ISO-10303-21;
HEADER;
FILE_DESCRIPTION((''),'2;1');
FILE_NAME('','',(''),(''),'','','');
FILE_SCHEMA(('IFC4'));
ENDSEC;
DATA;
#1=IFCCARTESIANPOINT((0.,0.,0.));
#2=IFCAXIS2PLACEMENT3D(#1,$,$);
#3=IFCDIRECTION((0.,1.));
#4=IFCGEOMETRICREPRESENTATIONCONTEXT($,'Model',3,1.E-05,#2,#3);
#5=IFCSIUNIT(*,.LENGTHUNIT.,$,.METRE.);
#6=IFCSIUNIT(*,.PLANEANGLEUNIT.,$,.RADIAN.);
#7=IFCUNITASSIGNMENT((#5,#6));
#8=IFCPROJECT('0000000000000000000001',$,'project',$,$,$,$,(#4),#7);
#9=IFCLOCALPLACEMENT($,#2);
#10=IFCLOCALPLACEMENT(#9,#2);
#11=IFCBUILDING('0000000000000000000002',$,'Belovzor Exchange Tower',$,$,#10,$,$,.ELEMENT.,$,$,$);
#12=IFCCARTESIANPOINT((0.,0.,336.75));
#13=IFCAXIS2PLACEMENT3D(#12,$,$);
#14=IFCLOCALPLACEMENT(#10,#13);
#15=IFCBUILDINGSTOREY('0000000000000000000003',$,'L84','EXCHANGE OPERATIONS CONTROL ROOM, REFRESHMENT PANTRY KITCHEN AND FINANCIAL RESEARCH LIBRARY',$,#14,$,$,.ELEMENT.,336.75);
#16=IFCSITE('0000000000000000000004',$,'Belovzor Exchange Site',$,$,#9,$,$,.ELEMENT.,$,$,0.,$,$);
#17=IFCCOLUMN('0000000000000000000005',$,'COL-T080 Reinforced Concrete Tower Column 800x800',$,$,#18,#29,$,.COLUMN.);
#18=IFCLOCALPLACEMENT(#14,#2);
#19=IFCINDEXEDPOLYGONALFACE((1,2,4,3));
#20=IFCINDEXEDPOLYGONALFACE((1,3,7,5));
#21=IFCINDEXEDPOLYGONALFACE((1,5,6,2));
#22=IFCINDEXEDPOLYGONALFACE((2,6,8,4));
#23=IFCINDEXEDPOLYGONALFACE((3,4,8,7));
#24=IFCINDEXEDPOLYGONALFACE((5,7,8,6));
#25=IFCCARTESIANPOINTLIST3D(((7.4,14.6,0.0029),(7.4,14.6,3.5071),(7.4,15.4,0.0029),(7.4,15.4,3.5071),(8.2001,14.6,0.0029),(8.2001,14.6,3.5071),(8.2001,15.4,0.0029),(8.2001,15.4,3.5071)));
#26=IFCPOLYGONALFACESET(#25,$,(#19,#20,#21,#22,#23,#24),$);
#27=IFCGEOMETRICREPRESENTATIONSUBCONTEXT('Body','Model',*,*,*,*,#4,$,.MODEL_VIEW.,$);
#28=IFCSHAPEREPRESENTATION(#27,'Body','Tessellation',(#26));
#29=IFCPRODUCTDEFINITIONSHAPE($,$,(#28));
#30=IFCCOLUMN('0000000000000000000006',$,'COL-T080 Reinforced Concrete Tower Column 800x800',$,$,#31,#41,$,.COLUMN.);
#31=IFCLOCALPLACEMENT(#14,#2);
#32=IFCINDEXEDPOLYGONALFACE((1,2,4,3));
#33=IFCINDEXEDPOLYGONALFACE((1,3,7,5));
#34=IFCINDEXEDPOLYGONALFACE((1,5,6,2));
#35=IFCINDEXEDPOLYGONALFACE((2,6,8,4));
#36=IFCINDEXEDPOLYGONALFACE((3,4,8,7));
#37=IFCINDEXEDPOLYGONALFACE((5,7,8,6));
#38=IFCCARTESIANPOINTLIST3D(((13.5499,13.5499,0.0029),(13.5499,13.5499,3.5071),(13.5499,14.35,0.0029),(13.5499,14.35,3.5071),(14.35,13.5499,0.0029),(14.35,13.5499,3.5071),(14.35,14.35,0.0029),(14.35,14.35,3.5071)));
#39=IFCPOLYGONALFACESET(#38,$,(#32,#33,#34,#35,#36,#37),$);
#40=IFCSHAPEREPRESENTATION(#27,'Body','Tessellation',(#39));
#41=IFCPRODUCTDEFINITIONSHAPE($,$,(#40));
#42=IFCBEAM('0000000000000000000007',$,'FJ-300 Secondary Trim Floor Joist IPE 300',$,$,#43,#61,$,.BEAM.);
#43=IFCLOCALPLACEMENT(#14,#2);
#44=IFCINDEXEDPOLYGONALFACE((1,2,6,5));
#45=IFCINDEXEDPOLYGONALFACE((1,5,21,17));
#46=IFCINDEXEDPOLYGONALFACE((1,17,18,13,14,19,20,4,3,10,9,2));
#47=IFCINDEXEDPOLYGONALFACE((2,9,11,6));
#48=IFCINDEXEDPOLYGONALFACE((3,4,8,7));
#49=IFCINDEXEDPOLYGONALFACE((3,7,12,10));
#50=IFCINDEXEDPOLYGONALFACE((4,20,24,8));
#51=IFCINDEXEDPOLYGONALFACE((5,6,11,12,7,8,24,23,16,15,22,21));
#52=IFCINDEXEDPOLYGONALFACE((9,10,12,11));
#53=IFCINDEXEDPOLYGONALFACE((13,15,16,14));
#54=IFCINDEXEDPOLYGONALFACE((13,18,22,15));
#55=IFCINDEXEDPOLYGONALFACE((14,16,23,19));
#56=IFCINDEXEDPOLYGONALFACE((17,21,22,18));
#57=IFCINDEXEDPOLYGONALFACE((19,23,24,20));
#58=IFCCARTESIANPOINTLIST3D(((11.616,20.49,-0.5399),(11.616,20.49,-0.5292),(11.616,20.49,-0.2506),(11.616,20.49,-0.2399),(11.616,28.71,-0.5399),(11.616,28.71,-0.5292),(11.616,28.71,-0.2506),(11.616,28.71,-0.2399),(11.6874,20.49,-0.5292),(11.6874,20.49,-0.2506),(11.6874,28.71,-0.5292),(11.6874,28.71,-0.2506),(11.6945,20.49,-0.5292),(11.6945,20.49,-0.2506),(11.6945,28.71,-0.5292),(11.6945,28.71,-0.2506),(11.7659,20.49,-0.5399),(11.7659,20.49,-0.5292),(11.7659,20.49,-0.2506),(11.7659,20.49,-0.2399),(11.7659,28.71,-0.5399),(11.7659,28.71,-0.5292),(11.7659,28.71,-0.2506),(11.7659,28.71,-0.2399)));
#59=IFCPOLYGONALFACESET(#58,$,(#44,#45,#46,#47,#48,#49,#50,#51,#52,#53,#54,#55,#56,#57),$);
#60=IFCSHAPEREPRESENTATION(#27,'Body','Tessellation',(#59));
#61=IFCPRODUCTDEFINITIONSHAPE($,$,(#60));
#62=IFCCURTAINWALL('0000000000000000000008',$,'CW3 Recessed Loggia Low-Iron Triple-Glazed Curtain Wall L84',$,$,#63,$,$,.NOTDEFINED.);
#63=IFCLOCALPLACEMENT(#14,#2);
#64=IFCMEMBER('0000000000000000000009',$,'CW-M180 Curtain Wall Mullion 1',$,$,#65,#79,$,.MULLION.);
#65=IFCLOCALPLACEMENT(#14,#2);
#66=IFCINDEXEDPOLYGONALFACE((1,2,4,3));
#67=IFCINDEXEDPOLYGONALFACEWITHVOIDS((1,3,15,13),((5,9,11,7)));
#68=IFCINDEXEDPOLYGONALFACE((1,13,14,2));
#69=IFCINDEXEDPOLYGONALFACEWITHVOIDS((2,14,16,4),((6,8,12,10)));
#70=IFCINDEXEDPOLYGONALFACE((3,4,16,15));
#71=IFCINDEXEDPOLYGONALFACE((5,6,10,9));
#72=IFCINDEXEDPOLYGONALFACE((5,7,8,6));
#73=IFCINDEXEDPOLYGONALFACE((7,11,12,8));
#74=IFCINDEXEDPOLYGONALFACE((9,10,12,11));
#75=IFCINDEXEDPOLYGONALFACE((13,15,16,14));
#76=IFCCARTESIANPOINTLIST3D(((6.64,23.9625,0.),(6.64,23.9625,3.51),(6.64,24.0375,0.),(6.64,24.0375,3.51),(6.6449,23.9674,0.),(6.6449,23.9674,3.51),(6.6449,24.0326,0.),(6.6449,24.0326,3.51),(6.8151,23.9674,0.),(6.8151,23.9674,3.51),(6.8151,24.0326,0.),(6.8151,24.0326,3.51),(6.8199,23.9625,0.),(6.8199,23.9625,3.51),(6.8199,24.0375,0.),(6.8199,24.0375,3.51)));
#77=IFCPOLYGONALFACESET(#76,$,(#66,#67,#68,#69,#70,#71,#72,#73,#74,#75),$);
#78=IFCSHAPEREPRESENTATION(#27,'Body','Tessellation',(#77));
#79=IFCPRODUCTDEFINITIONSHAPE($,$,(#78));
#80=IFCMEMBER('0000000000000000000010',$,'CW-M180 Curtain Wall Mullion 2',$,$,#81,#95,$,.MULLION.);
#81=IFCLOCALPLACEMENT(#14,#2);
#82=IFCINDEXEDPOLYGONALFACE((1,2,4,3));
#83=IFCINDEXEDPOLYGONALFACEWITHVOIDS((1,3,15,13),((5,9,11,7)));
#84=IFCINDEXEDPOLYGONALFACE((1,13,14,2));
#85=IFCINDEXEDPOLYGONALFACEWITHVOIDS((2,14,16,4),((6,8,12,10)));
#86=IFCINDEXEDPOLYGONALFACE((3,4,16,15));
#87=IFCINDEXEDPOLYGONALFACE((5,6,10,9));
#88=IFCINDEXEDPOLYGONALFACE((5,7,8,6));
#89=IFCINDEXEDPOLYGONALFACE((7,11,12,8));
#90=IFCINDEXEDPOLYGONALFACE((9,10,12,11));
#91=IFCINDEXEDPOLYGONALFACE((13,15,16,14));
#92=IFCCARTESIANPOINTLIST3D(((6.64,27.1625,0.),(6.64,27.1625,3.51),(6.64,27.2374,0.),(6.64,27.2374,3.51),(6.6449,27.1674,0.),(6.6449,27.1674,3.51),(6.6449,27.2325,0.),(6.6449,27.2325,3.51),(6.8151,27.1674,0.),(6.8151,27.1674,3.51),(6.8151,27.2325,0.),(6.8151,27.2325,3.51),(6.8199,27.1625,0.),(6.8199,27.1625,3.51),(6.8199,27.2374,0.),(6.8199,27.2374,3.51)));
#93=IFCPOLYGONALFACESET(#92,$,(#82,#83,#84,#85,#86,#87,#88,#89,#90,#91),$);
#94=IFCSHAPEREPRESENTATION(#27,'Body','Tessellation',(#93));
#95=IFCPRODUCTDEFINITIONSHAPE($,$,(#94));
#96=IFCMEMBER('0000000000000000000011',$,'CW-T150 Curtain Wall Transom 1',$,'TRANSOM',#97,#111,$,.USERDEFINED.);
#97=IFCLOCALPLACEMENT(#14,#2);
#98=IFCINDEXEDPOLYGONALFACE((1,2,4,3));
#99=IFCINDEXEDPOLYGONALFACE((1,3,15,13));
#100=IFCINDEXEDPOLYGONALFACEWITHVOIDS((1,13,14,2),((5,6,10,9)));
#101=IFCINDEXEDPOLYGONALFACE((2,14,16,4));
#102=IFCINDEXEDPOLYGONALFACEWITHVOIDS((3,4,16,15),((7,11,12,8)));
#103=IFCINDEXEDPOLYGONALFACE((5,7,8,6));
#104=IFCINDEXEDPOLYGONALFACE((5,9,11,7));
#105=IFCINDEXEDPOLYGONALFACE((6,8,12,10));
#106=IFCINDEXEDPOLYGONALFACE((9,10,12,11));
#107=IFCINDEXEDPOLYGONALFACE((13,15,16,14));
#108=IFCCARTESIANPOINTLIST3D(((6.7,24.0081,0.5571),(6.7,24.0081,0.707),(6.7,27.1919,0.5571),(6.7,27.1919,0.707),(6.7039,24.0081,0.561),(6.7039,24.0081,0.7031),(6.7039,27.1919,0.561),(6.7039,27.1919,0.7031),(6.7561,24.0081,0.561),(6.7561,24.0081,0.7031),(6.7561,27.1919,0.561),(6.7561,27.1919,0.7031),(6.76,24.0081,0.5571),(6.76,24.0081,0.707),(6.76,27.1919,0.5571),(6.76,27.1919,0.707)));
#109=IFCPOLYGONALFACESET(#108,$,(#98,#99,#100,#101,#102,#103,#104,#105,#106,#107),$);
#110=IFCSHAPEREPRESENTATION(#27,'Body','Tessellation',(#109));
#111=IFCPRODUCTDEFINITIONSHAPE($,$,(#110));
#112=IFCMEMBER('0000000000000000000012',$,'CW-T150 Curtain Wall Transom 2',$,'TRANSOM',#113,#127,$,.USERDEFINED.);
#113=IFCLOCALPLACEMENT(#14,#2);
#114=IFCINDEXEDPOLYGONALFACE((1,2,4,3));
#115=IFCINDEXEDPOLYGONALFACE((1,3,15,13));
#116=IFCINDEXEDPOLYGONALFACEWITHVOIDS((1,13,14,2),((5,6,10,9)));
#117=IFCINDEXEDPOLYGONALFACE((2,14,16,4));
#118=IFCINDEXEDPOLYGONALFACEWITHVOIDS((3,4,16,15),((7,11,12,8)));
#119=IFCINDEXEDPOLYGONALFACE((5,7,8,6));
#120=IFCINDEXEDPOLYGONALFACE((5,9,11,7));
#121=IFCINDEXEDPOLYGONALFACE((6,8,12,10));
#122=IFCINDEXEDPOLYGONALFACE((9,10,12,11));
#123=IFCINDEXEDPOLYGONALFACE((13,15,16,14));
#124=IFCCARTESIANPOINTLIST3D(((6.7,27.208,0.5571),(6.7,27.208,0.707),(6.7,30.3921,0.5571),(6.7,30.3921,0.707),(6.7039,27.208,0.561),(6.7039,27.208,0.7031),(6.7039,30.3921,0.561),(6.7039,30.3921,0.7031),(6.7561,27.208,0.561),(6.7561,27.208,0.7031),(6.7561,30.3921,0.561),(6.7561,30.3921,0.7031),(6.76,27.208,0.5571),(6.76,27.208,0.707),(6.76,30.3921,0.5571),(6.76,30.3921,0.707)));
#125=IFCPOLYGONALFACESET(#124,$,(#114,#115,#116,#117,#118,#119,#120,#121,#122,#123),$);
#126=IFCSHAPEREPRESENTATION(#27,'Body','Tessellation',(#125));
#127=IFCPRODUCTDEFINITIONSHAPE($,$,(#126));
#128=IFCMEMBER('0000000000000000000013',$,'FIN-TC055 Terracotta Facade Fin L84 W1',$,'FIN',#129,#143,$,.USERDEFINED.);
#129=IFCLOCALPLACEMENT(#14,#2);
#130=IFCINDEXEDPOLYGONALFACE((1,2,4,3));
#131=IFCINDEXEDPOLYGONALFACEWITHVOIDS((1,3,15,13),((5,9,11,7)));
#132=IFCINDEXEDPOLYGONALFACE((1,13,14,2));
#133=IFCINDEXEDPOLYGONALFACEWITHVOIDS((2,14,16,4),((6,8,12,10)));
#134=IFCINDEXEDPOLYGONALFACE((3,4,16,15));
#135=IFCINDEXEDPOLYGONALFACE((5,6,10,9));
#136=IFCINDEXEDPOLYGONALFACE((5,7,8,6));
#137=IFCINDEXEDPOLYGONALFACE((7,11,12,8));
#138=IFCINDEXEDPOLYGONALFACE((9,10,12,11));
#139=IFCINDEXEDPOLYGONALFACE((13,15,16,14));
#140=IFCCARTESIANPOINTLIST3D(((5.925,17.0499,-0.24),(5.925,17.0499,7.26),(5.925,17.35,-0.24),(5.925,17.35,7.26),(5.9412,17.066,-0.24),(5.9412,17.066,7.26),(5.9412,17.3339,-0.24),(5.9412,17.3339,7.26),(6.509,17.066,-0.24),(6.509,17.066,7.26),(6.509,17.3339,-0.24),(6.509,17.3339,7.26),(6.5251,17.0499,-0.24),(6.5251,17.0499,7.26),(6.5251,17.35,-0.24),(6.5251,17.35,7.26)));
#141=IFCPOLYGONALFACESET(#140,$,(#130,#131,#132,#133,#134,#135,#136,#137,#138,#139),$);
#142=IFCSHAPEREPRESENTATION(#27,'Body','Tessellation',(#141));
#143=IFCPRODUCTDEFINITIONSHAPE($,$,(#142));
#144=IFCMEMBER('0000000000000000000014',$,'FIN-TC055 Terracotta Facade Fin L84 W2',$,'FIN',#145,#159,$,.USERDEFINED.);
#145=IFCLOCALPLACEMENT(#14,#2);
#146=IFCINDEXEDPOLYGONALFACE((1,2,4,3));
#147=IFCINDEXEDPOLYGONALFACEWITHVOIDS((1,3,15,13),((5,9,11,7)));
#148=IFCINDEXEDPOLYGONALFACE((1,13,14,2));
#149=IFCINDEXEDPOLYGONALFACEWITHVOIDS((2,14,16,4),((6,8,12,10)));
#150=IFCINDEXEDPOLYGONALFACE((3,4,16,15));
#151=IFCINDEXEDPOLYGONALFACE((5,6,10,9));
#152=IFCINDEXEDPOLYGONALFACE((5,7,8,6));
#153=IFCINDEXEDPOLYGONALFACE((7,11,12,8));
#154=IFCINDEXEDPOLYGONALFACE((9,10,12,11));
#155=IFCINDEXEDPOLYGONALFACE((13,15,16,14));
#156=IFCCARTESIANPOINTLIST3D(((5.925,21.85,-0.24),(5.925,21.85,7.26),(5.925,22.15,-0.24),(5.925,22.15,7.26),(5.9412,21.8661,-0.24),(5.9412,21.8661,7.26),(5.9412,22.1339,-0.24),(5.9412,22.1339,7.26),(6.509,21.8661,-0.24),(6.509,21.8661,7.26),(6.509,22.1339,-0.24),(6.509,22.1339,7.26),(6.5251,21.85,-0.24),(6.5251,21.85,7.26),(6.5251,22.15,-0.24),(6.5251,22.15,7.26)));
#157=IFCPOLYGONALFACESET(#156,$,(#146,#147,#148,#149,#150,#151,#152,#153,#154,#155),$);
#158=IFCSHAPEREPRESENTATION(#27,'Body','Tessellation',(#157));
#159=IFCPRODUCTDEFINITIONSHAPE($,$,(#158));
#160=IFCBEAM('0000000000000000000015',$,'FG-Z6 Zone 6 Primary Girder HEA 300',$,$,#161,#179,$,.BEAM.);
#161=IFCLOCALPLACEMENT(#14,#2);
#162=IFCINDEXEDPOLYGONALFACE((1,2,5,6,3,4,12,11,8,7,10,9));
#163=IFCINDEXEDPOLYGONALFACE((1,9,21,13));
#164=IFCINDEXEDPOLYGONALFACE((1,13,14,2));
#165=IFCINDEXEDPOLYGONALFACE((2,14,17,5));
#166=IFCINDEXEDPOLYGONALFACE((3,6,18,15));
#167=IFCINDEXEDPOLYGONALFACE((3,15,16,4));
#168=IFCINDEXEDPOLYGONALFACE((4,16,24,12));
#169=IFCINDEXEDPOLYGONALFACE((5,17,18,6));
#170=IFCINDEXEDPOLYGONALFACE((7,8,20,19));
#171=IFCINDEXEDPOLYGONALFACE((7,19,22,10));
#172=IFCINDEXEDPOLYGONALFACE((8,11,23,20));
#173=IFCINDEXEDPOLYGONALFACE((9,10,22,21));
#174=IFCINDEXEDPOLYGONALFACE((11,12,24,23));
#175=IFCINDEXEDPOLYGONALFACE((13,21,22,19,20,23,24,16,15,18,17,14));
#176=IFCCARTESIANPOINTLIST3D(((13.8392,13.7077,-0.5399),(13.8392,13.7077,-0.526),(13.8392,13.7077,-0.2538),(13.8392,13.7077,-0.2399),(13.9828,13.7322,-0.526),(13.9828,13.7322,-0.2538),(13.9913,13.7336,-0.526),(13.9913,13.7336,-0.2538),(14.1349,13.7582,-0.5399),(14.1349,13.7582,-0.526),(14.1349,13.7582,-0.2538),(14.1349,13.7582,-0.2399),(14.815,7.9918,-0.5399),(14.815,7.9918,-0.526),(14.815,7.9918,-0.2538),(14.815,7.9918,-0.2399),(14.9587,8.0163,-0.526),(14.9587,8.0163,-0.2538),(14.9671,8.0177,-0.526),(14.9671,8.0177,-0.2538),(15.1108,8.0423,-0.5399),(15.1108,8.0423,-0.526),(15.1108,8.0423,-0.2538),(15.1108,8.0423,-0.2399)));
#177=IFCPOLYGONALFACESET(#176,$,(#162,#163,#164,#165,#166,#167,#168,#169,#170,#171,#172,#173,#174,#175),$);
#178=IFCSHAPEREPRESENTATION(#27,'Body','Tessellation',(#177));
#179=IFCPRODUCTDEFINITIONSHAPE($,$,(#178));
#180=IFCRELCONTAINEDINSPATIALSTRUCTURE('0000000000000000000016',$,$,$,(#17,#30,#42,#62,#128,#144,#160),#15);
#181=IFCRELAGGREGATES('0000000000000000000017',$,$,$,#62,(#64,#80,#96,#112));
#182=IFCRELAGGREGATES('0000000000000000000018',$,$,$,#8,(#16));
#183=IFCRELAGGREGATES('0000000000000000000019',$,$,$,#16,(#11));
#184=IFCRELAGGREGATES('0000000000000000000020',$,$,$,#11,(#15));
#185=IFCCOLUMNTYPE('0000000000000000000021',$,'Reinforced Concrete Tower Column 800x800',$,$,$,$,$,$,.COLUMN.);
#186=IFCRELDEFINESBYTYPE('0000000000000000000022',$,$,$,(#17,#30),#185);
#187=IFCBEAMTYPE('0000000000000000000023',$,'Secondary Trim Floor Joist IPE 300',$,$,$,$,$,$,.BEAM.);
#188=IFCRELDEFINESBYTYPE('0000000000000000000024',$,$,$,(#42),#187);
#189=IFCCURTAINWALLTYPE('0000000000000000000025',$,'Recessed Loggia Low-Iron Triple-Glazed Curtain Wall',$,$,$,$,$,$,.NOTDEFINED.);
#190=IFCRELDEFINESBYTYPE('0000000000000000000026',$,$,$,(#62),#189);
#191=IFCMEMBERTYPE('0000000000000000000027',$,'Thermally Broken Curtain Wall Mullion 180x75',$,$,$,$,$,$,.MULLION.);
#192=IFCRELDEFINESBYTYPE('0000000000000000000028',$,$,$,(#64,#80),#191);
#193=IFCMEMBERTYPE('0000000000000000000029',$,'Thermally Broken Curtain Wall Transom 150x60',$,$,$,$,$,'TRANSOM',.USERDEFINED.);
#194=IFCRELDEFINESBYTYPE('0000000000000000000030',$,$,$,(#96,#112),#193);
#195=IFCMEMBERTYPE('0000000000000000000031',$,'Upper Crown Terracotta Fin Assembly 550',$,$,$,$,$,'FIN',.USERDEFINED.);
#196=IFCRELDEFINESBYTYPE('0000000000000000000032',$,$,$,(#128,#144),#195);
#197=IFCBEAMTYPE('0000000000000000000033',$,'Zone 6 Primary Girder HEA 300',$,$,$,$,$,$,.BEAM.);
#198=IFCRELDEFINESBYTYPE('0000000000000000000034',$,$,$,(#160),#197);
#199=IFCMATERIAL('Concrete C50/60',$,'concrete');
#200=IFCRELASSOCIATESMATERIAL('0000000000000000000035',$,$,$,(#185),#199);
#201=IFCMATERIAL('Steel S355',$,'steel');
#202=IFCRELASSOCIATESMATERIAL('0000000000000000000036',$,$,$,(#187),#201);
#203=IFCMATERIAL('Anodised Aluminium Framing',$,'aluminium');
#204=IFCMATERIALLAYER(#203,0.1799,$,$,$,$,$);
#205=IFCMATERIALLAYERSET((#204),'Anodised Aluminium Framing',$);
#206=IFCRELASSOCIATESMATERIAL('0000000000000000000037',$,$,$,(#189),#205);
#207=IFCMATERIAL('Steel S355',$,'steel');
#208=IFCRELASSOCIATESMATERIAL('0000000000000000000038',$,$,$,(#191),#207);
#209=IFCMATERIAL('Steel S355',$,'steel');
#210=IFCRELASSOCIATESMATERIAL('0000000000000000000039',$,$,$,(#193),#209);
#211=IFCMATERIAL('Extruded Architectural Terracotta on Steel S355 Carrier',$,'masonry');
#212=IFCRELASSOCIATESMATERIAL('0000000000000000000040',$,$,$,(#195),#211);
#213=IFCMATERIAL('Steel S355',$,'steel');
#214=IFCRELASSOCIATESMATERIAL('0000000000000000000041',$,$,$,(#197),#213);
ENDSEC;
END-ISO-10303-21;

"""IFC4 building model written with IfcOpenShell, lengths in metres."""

from ifc_helpers import new_model, si_unit, direction, frame, origin, origin_2d, place, context, subcontext, project, spatial, rectangle, hollow_rectangle, i_section, extrude, material, layer, layer_set, material_profile, profile_set, type_object, element, aggregate, save


model = new_model("IFC4")

# Units and contexts
model_context = context("Model", 3, precision=1e-05, world=origin(), true_north=direction((0.0, 1.0)))
body_context = subcontext(model_context, "Body", "Model", "MODEL_VIEW")
ifc_project = project(units=[si_unit("LENGTHUNIT", "METRE"), si_unit("PLANEANGLEUNIT", "RADIAN")], contexts=[model_context])

# Site, building, storey
site_placement = place(None, origin())
site = spatial("IfcSite", under=ifc_project, at=site_placement, Name="Belovzor Exchange Site", CompositionType="ELEMENT", RefElevation=0.0)
building_placement = place(site_placement, origin())
building = spatial("IfcBuilding", under=site, at=building_placement, Name="Belovzor Exchange Tower", CompositionType="ELEMENT")
storey_placement = place(building_placement, frame((0.0, 0.0, 336.75)))
storey = spatial("IfcBuildingStorey", under=building, at=storey_placement, Name="L84", Description="EXCHANGE OPERATIONS CONTROL ROOM, REFRESHMENT PANTRY KITCHEN AND FINANCIAL RESEARCH LIBRARY", CompositionType="ELEMENT", Elevation=336.75)

# Columns
ifc_material_1 = material(Name="Concrete C50/60", Category="concrete")
ifc_material_profile_1 = material_profile(ifc_material_1, rectangle(XDim=0.8, YDim=0.8, at=origin_2d()))
ifc_profile_set_1 = profile_set([ifc_material_profile_1], Name="Concrete C50/60")
column_type = type_object("IfcColumnType", Name="Reinforced Concrete Tower Column 800x800", PredefinedType="COLUMN", material=ifc_profile_set_1)
for number, where, z_axis, x_axis, name in (
    (1, (7.8, 15.0, 0.0029), (0.0, 0.0, 1.0), (1.0, 0.0, 0.0), "COL-T080 Reinforced Concrete Tower Column 800x800"),
    (2, (13.95, 13.95, 0.0029), (0.0, 0.0, 1.0), (1.0, 0.0, 0.0), "COL-T080 Reinforced Concrete Tower Column 800x800"),
):
    element("IfcColumn", number, at=place(storey_placement, frame(where, z_axis=z_axis, x_axis=x_axis)), inside=storey, type_object=column_type, Name=name, PredefinedType="COLUMN", context=body_context, shape_type="SweptSolid", body=[
        extrude(rectangle(XDim=0.8, YDim=0.8, at=origin_2d()), origin(), (0.0, 0.0, 1.0), 3.5042),
    ])

# Beam
ifc_material_2 = material(Name="Steel S355", Category="steel")
ifc_material_profile_2 = material_profile(ifc_material_2, i_section(OverallWidth=0.1499, OverallDepth=0.3, WebThickness=0.0071, FlangeThickness=0.0107, at=origin_2d()))
ifc_profile_set_2 = profile_set([ifc_material_profile_2], Name="Steel S355")
beam_type_1 = type_object("IfcBeamType", Name="Secondary Trim Floor Joist IPE 300", PredefinedType="BEAM", material=ifc_profile_set_2)
beam_placement = place(storey_placement, frame((11.6909, 20.49, -0.3899), z_axis=(0.0, 1.0, 0.0), x_axis=(-1.0, 0.0, 0.0)))
element("IfcBeam", 3, at=beam_placement, inside=storey, type_object=beam_type_1, Name="FJ-300 Secondary Trim Floor Joist IPE 300", PredefinedType="BEAM", context=body_context, shape_type="SweptSolid", body=[
    extrude(i_section(OverallWidth=0.1499, OverallDepth=0.3, WebThickness=0.0071, FlangeThickness=0.0107, at=origin_2d()), origin(), (0.0, 0.0, 1.0), 8.22),
])

# Curtain wall, members
ifc_material_3 = material(Name="Anodised Aluminium Framing", Category="aluminium")
ifc_layer_1 = layer(ifc_material_3, 0.1799)
ifc_layer_set_1 = layer_set([ifc_layer_1], Name="Anodised Aluminium Framing")
curtain_wall_type = type_object("IfcCurtainWallType", Name="Recessed Loggia Low-Iron Triple-Glazed Curtain Wall", PredefinedType="NOTDEFINED", material=ifc_layer_set_1)
curtain_wall_placement = place(storey_placement, origin())
curtain_wall = element("IfcCurtainWall", 4, at=curtain_wall_placement, inside=storey, type_object=curtain_wall_type, Name="CW3 Recessed Loggia Low-Iron Triple-Glazed Curtain Wall L84", PredefinedType="NOTDEFINED")
ifc_material_4 = material(Name="Steel S355", Category="steel")
ifc_material_profile_3 = material_profile(ifc_material_4, hollow_rectangle(XDim=0.075, YDim=0.1799, WallThickness=0.0049, at=origin_2d()))
ifc_profile_set_3 = profile_set([ifc_material_profile_3], Name="Steel S355")
member_type_1 = type_object("IfcMemberType", Name="Thermally Broken Curtain Wall Mullion 180x75", PredefinedType="MULLION", material=ifc_profile_set_3)
member_1_placement = place(storey_placement, frame((6.73, 24.0, 0.0), z_axis=(0.0, 0.0, 1.0), x_axis=(0.0, 1.0, 0.0)))
member_1 = element("IfcMember", 5, at=member_1_placement, type_object=member_type_1, Name="CW-M180 Curtain Wall Mullion 1", PredefinedType="MULLION", context=body_context, shape_type="SweptSolid", body=[
    extrude(hollow_rectangle(XDim=0.075, YDim=0.1799, WallThickness=0.0049, at=origin_2d()), origin(), (0.0, 0.0, 1.0), 3.51),
])
member_2_placement = place(storey_placement, frame((6.73, 27.2, 0.0), z_axis=(0.0, 0.0, 1.0), x_axis=(0.0, 1.0, 0.0)))
member_2 = element("IfcMember", 6, at=member_2_placement, type_object=member_type_1, Name="CW-M180 Curtain Wall Mullion 2", PredefinedType="MULLION", context=body_context, shape_type="SweptSolid", body=[
    extrude(hollow_rectangle(XDim=0.075, YDim=0.1799, WallThickness=0.0049, at=origin_2d()), origin(), (0.0, 0.0, 1.0), 3.51),
])
ifc_material_5 = material(Name="Steel S355", Category="steel")
ifc_material_profile_4 = material_profile(ifc_material_5, hollow_rectangle(XDim=0.0601, YDim=0.1499, WallThickness=0.0039, at=origin_2d()))
ifc_profile_set_4 = profile_set([ifc_material_profile_4], Name="Steel S355")
member_type_2 = type_object("IfcMemberType", Name="Thermally Broken Curtain Wall Transom 150x60", ElementType="TRANSOM", PredefinedType="USERDEFINED", material=ifc_profile_set_4)
member_3_placement = place(storey_placement, frame((6.73, 24.0081, 0.6321), z_axis=(0.0, 1.0, 0.0), x_axis=(-1.0, 0.0, 0.0)))
member_3 = element("IfcMember", 7, at=member_3_placement, type_object=member_type_2, Name="CW-T150 Curtain Wall Transom 1", ObjectType="TRANSOM", PredefinedType="USERDEFINED", context=body_context, shape_type="SweptSolid", body=[
    extrude(hollow_rectangle(XDim=0.0601, YDim=0.1499, WallThickness=0.0039, at=origin_2d()), origin(), (0.0, 0.0, 1.0), 3.1838),
])
member_4_placement = place(storey_placement, frame((6.73, 27.208, 0.6321), z_axis=(0.0, 1.0, 0.0), x_axis=(-1.0, 0.0, 0.0)))
member_4 = element("IfcMember", 8, at=member_4_placement, type_object=member_type_2, Name="CW-T150 Curtain Wall Transom 2", ObjectType="TRANSOM", PredefinedType="USERDEFINED", context=body_context, shape_type="SweptSolid", body=[
    extrude(hollow_rectangle(XDim=0.0601, YDim=0.1499, WallThickness=0.0039, at=origin_2d()), origin(), (0.0, 0.0, 1.0), 3.1841),
])

# Members
ifc_material_6 = material(Name="Extruded Architectural Terracotta on Steel S355 Carrier", Category="masonry")
ifc_material_profile_5 = material_profile(ifc_material_6, hollow_rectangle(XDim=0.3, YDim=0.6001, WallThickness=0.0161, at=origin_2d()))
ifc_profile_set_5 = profile_set([ifc_material_profile_5], Name="Extruded Architectural Terracotta on Steel S355 Carrier")
member_type_3 = type_object("IfcMemberType", Name="Upper Crown Terracotta Fin Assembly 550", ElementType="FIN", PredefinedType="USERDEFINED", material=ifc_profile_set_5)
for number, where, z_axis, x_axis, name in (
    (9, (6.2251, 17.2, -0.24), (0.0, 0.0, 1.0), (0.0, 1.0, 0.0), "FIN-TC055 Terracotta Facade Fin L84 W1"),
    (10, (6.2251, 22.0, -0.24), (0.0, 0.0, 1.0), (0.0, 1.0, 0.0), "FIN-TC055 Terracotta Facade Fin L84 W2"),
):
    element("IfcMember", number, at=place(storey_placement, frame(where, z_axis=z_axis, x_axis=x_axis)), inside=storey, type_object=member_type_3, Name=name, ObjectType="FIN", PredefinedType="USERDEFINED", context=body_context, shape_type="SweptSolid", body=[
        extrude(hollow_rectangle(XDim=0.3, YDim=0.6001, WallThickness=0.0161, at=origin_2d()), origin(), (0.0, 0.0, 1.0), 7.5),
    ])

# Beam
ifc_material_7 = material(Name="Steel S355", Category="steel")
ifc_material_profile_6 = material_profile(ifc_material_7, i_section(OverallWidth=0.3, OverallDepth=0.3, WebThickness=0.0085, FlangeThickness=0.0139, at=origin_2d()))
ifc_profile_set_6 = profile_set([ifc_material_profile_6], Name="Steel S355")
beam_type_2 = type_object("IfcBeamType", Name="Zone 6 Primary Girder HEA 300", PredefinedType="BEAM", material=ifc_profile_set_6)
for number, where, z_axis, x_axis, name in (
    (11, (13.9871, 13.7329, -0.3899), (0.168289, -0.985738, 0.0), (0.985738, 0.168289, 0.0), "FG-Z6 Zone 6 Primary Girder HEA 300"),
):
    element("IfcBeam", number, at=place(storey_placement, frame(where, z_axis=z_axis, x_axis=x_axis)), inside=storey, type_object=beam_type_2, Name=name, PredefinedType="BEAM", context=body_context, shape_type="SweptSolid", body=[
        extrude(i_section(OverallWidth=0.3, OverallDepth=0.3, WebThickness=0.0085, FlangeThickness=0.0139, at=origin_2d()), origin(), (0.0, 0.0, 1.0), 5.7986),
    ])

aggregate(curtain_wall, [member_1, member_2, member_3, member_4])

save(model, "model.ifc")
